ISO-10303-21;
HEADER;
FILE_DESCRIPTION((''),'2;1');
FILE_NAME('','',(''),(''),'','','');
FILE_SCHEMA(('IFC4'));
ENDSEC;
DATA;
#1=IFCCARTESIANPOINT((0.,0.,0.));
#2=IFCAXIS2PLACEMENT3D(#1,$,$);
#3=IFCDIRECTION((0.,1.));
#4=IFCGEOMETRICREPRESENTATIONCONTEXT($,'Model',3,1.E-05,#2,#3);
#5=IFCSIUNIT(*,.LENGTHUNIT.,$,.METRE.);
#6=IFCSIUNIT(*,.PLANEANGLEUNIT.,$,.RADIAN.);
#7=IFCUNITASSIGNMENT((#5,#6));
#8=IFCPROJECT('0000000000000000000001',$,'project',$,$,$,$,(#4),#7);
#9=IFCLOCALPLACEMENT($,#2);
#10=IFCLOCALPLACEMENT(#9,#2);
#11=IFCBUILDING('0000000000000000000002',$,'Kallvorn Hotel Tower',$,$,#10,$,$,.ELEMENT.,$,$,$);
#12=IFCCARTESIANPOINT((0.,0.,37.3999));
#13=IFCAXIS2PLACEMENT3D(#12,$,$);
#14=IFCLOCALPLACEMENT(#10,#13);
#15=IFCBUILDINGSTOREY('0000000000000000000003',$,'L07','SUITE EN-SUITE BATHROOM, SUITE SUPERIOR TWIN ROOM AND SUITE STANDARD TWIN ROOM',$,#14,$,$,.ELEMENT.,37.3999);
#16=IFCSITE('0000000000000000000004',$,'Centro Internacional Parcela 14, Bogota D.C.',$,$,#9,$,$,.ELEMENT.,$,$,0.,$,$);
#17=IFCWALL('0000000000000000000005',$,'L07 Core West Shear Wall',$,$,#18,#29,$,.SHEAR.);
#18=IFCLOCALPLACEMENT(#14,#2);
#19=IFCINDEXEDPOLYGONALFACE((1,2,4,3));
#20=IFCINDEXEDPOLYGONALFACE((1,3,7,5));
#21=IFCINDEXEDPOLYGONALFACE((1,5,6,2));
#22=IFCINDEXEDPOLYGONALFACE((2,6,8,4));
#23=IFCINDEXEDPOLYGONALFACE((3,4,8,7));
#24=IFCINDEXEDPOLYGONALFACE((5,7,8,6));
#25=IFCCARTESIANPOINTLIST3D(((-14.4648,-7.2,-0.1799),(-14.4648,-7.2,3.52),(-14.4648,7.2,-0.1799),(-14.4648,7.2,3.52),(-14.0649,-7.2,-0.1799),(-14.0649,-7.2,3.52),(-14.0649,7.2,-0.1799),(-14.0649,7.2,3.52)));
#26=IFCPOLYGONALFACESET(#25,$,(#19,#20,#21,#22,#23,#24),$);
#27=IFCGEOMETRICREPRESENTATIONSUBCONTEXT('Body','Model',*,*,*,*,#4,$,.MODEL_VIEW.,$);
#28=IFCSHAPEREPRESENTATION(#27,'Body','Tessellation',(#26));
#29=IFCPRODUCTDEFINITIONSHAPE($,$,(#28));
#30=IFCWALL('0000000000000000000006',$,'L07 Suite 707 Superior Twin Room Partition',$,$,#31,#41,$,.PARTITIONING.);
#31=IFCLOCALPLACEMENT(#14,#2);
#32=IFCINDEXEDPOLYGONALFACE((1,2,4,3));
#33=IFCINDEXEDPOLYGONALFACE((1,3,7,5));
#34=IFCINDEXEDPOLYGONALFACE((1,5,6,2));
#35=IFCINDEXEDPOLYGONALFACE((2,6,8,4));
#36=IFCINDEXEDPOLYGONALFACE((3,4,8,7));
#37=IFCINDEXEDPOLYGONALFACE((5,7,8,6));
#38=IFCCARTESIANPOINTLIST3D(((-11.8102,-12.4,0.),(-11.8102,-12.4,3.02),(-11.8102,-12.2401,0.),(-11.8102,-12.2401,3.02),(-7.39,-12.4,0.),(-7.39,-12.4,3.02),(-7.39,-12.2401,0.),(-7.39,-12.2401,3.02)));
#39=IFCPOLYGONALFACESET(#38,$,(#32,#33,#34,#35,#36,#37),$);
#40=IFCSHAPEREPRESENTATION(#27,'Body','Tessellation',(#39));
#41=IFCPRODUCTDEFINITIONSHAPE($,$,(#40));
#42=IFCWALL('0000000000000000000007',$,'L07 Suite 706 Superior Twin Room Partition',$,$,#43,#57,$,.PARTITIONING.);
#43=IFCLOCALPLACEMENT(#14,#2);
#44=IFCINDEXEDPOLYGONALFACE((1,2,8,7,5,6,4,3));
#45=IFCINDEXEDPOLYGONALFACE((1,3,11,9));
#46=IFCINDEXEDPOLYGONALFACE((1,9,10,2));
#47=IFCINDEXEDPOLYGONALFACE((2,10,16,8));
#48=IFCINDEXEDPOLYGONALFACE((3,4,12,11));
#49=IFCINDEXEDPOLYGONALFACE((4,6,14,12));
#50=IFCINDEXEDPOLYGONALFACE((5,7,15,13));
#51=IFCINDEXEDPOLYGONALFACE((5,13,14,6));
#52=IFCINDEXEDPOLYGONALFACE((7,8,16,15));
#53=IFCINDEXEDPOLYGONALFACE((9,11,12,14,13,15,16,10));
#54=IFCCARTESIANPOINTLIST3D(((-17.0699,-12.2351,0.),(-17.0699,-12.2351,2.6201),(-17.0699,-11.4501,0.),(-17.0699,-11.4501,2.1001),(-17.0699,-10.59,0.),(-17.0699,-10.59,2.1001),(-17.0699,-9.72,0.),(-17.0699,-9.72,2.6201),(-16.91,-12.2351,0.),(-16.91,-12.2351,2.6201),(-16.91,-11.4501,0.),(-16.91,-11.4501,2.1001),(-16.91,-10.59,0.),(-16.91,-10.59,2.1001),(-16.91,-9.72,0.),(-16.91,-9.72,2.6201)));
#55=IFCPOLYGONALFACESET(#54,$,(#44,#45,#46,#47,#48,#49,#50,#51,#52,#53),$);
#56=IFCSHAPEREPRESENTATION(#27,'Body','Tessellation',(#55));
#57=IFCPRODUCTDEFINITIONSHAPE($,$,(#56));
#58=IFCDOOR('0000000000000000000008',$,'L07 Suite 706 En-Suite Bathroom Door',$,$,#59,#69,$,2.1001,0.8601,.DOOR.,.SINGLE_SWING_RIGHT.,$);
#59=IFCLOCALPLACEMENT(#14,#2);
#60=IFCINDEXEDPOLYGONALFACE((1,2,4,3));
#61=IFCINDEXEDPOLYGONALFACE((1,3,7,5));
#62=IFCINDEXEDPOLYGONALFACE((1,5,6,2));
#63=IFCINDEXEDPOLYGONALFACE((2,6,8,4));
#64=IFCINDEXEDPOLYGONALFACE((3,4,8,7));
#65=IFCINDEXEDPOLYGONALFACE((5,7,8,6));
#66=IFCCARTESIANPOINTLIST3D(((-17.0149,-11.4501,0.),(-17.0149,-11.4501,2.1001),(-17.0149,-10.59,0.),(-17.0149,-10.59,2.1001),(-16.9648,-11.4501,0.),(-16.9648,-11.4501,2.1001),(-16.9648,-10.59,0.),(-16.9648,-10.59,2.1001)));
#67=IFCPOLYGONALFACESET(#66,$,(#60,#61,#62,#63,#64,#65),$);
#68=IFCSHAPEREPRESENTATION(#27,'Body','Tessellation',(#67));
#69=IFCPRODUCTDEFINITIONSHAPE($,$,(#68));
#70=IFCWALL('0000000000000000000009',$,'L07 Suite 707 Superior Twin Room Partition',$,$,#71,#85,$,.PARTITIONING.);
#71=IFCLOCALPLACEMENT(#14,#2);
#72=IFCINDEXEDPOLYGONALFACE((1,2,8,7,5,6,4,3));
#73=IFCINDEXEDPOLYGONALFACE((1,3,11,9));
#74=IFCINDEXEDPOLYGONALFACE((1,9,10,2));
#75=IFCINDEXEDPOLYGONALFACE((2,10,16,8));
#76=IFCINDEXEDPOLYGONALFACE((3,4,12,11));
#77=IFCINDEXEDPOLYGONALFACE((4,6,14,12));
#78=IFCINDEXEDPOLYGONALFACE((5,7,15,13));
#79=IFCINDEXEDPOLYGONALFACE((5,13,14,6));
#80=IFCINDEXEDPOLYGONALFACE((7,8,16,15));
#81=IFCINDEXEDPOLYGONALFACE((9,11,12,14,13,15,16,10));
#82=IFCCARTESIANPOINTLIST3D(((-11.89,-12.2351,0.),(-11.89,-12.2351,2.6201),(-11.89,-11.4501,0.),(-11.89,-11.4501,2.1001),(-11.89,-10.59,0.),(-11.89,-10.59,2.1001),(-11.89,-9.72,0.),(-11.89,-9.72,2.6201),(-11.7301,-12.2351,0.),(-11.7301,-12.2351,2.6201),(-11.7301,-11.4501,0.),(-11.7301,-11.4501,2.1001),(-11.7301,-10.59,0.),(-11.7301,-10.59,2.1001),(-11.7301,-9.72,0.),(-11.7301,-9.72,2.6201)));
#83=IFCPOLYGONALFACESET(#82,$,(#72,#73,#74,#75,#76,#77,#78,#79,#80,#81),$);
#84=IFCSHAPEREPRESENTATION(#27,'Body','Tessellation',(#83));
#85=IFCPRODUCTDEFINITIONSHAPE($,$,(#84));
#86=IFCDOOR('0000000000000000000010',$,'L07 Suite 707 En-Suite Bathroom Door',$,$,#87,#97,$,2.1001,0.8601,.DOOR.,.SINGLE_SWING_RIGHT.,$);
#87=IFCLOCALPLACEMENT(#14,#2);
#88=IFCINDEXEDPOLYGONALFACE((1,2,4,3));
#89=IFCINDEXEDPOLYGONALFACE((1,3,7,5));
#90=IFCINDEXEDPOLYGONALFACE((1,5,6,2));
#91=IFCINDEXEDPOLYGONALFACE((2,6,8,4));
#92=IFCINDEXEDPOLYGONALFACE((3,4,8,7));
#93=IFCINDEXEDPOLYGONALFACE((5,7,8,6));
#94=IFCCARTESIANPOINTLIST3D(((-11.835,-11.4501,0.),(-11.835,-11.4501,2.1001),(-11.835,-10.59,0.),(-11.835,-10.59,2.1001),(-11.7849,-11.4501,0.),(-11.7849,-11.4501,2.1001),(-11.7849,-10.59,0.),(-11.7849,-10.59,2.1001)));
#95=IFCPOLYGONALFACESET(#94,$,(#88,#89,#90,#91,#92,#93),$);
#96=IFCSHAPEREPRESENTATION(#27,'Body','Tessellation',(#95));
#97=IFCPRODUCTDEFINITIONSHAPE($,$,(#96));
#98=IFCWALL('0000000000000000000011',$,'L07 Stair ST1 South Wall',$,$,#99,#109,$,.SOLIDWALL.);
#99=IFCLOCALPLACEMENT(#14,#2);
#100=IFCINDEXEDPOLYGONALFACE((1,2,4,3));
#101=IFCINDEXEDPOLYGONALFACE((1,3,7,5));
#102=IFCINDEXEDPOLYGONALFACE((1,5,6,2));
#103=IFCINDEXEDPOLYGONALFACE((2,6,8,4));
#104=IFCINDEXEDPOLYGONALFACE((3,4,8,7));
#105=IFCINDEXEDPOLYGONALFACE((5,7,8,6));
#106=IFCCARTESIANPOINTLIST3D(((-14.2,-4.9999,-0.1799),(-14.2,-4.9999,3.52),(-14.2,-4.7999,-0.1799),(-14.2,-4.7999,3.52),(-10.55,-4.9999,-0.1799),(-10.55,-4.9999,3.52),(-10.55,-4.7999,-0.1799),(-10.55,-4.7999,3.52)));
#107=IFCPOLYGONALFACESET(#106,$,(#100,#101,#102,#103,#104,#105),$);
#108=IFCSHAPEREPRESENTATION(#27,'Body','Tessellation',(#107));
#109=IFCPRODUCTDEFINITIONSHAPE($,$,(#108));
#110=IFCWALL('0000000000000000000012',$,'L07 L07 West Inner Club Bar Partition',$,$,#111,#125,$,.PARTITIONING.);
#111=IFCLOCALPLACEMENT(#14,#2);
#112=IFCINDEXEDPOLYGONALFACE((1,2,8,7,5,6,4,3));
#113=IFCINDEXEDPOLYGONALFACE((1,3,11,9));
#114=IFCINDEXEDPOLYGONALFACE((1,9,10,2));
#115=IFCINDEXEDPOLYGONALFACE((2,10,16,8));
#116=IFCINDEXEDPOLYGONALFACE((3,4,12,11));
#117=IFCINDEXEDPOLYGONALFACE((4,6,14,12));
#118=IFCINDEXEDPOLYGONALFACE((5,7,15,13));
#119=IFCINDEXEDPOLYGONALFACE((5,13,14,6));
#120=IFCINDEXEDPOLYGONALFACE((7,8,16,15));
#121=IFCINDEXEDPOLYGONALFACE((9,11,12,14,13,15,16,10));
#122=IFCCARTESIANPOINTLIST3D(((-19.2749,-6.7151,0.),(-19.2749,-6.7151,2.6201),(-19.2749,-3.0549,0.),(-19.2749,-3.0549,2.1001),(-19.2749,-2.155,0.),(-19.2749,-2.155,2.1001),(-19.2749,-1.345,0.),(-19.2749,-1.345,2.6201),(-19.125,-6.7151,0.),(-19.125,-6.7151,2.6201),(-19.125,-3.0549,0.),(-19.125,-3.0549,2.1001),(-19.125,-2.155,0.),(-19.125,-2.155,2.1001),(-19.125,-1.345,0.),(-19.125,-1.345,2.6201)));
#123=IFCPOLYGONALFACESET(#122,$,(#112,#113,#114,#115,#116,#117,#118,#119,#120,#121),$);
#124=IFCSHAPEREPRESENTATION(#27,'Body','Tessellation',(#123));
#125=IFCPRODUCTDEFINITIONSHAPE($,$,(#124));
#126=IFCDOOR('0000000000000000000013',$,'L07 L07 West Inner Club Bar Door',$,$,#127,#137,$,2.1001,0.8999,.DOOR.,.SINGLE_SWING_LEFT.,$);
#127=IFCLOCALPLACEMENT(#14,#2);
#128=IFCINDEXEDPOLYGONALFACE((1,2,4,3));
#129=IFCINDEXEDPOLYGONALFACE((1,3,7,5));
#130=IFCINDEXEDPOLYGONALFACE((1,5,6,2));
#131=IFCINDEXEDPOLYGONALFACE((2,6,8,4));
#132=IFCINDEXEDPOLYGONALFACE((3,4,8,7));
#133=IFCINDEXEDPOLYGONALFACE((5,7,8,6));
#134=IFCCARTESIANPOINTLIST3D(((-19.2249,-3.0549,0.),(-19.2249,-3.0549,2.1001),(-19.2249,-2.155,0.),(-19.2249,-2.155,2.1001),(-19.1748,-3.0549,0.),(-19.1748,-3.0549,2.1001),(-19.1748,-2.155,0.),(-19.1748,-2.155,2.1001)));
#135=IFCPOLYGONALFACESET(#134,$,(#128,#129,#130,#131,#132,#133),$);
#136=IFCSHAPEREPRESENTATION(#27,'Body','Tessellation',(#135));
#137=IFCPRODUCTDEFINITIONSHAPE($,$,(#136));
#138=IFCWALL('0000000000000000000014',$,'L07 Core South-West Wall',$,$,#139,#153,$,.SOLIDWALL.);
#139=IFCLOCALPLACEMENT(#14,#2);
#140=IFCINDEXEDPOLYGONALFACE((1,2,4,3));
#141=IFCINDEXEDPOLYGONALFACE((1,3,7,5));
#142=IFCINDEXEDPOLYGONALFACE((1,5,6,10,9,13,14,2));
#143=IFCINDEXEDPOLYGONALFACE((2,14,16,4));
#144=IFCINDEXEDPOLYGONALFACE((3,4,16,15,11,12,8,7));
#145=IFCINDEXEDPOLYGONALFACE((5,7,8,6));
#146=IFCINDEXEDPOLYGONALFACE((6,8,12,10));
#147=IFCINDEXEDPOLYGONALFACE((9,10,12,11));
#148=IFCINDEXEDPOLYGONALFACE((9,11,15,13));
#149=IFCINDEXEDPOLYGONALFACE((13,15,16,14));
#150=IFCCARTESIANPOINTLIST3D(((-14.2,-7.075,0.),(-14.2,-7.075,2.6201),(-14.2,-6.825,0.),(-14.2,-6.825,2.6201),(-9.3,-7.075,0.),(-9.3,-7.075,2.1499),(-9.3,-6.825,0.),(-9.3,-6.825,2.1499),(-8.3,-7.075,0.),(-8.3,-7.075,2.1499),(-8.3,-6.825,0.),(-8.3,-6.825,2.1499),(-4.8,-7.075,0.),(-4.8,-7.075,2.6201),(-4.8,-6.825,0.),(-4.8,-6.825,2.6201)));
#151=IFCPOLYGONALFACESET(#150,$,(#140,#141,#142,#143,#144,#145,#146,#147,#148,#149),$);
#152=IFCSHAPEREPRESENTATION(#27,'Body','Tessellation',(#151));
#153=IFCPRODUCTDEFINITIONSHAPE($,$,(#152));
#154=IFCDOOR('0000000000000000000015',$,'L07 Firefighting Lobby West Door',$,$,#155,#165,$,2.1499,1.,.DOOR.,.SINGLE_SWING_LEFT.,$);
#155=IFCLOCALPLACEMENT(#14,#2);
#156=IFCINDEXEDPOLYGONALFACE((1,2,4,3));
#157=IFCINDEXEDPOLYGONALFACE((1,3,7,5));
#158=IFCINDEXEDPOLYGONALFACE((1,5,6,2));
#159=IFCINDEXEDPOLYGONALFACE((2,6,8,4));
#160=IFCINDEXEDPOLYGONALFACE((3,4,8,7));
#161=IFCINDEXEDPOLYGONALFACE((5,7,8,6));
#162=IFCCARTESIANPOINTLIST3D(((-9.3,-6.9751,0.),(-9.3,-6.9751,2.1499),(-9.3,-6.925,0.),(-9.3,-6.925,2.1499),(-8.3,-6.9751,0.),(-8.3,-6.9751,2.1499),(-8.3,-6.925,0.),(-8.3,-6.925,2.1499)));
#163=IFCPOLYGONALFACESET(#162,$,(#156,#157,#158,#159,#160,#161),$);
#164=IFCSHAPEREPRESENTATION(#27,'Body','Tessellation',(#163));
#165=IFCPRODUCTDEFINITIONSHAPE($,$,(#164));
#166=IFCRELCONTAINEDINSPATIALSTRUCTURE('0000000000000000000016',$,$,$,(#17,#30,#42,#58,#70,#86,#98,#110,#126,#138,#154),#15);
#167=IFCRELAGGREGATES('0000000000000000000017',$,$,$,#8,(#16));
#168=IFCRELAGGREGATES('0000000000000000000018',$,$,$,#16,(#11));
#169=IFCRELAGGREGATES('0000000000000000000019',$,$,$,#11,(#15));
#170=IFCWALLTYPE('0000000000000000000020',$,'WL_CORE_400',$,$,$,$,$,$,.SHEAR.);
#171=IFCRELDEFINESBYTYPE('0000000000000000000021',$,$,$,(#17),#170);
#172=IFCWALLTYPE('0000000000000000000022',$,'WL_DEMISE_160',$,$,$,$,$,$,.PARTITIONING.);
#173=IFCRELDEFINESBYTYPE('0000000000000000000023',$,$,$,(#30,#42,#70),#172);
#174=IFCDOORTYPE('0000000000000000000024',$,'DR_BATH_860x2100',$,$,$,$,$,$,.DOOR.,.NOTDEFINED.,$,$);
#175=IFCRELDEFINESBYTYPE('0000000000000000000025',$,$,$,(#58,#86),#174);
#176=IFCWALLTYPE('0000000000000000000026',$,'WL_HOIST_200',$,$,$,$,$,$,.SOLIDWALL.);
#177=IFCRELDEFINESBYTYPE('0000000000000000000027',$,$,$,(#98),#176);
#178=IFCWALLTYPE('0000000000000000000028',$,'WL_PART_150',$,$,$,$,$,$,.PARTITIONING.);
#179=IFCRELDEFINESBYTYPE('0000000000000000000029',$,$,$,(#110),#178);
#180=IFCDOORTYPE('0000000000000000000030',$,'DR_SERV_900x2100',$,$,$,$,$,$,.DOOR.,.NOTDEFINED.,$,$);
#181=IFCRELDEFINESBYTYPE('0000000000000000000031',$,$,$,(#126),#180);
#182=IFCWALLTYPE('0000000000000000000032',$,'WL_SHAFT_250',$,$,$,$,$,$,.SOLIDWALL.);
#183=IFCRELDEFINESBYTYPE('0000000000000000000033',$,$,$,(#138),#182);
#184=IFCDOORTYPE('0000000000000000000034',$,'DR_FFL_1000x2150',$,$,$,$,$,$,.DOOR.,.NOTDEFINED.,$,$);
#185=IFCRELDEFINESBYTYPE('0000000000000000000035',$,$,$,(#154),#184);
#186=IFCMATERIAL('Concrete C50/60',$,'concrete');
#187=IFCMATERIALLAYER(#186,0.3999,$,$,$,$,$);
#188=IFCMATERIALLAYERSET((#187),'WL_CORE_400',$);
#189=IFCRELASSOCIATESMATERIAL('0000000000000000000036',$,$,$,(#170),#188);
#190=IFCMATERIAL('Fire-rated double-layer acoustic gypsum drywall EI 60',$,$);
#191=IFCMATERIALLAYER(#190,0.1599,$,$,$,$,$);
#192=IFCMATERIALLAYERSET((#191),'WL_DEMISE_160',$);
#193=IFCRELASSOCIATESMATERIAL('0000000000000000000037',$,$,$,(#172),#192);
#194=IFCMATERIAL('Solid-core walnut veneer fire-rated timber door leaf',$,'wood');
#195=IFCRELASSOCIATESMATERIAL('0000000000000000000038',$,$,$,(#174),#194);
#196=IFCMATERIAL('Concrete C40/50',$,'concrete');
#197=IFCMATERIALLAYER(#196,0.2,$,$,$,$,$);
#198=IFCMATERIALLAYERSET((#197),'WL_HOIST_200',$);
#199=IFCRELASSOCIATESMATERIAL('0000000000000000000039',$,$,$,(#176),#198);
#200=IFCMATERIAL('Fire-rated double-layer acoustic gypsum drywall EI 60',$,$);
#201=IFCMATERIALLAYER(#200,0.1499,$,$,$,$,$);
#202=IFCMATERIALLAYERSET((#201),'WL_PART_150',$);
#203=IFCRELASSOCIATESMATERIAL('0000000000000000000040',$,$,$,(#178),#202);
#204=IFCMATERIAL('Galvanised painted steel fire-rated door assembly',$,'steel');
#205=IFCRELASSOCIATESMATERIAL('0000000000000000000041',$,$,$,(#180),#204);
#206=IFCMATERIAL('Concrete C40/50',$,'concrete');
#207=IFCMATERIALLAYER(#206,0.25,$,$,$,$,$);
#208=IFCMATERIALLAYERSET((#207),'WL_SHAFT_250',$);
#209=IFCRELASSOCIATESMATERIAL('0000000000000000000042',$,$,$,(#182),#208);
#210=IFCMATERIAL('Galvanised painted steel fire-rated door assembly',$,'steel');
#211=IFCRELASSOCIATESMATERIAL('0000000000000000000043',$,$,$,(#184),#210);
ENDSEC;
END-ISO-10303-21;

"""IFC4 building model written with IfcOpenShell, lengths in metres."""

from ifc_helpers import new_model, si_unit, direction, frame, frame_2d, origin, place, context, subcontext, project, spatial, rectangle, extrude, material, layer, layer_set, type_object, element, fill, save


model = new_model("IFC4")

# Units and contexts
model_context = context("Model", 3, precision=1e-05, world=origin(), true_north=direction((0.0, 1.0)))
body_context = subcontext(model_context, "Body", "Model", "MODEL_VIEW")
ifc_project = project(units=[si_unit("LENGTHUNIT", "METRE"), si_unit("PLANEANGLEUNIT", "RADIAN")], contexts=[model_context])

# Site, building, storey
site_placement = place(None, origin())
site = spatial("IfcSite", under=ifc_project, at=site_placement, Name="Centro Internacional Parcela 14, Bogota D.C.", CompositionType="ELEMENT", RefElevation=0.0)
building_placement = place(site_placement, origin())
building = spatial("IfcBuilding", under=site, at=building_placement, Name="Kallvorn Hotel Tower", CompositionType="ELEMENT")
storey_placement = place(building_placement, frame((0.0, 0.0, 37.3999)))
storey = spatial("IfcBuildingStorey", under=building, at=storey_placement, Name="L07", Description="SUITE EN-SUITE BATHROOM, SUITE SUPERIOR TWIN ROOM AND SUITE STANDARD TWIN ROOM", CompositionType="ELEMENT", Elevation=37.3999)

# Walls
ifc_material_1 = material(Name="Concrete C50/60", Category="concrete")
ifc_layer_1 = layer(ifc_material_1, 0.3999)
ifc_layer_set_1 = layer_set([ifc_layer_1], Name="WL_CORE_400")
wall_type_1 = type_object("IfcWallType", Name="WL_CORE_400", PredefinedType="SHEAR", material=ifc_layer_set_1)
wall_1_placement = place(storey_placement, frame((-14.2649, -7.2, -0.1799), z_axis=(0.0, 0.0, 1.0), x_axis=(0.0, 1.0, 0.0)))
element("IfcWall", 1, at=wall_1_placement, inside=storey, type_object=wall_type_1, Name="L07 Core West Shear Wall", PredefinedType="SHEAR", context=body_context, shape_type="SweptSolid", body=[
    extrude(rectangle(XDim=14.3999, YDim=0.3999, at=frame_2d((7.2, 0.0))), origin(), (0.0, 0.0, 1.0), 3.7),
])
ifc_material_2 = material(Name="Fire-rated double-layer acoustic gypsum drywall EI 60")
ifc_layer_2 = layer(ifc_material_2, 0.1599)
ifc_layer_set_2 = layer_set([ifc_layer_2], Name="WL_DEMISE_160")
wall_type_2 = type_object("IfcWallType", Name="WL_DEMISE_160", PredefinedType="PARTITIONING", material=ifc_layer_set_2)
wall_2_placement = place(storey_placement, frame((-11.8101, -12.3201, 0.0), z_axis=(0.0, 0.0, 1.0), x_axis=(1.0, 0.0, 0.0)))
element("IfcWall", 2, at=wall_2_placement, inside=storey, type_object=wall_type_2, Name="L07 Suite 707 Superior Twin Room Partition", PredefinedType="PARTITIONING", context=body_context, shape_type="SweptSolid", body=[
    extrude(rectangle(XDim=4.4202, YDim=0.1599, at=frame_2d((2.21, 0.0))), origin(), (0.0, 0.0, 1.0), 3.02),
])

# Walls, openings, doors
wall_3_placement = place(storey_placement, frame((-16.99, -12.2351, 0.0), z_axis=(0.0, 0.0, 1.0), x_axis=(0.0, 1.0, 0.0)))
wall_3 = element("IfcWall", 3, at=wall_3_placement, inside=storey, type_object=wall_type_2, Name="L07 Suite 706 Superior Twin Room Partition", PredefinedType="PARTITIONING", context=body_context, shape_type="SweptSolid", body=[
    extrude(rectangle(XDim=2.5151, YDim=0.1599, at=frame_2d((1.2576, 0.0))), origin(), (0.0, 0.0, 1.0), 2.6201),
])
opening_1_placement = place(wall_3_placement, frame((0.7849, 0.0, 0.0)))
opening_1 = element("IfcOpeningElement", 4, at=opening_1_placement, cuts=wall_3, PredefinedType="OPENING", context=body_context, shape_type="SweptSolid", body=[
    extrude(rectangle(XDim=0.8601, YDim=2.1001, at=frame_2d((0.4302, 1.05))), frame((0.0, 0.095, 0.0), z_axis=(0.0, -1.0, 0.0), x_axis=(1.0, 0.0, 0.0)), (0.0, 0.0, 1.0), 0.1899),
])
ifc_material_3 = material(Name="Solid-core walnut veneer fire-rated timber door leaf", Category="wood")
door_type_1 = type_object("IfcDoorType", Name="DR_BATH_860x2100", OperationType="NOTDEFINED", PredefinedType="DOOR", material=ifc_material_3)
door_1_placement = place(opening_1_placement, origin())
door_1 = element("IfcDoor", 5, at=door_1_placement, inside=storey, type_object=door_type_1, Name="L07 Suite 706 En-Suite Bathroom Door", OperationType="SINGLE_SWING_RIGHT", OverallHeight=2.1001, OverallWidth=0.8601, PredefinedType="DOOR", context=body_context, shape_type="SweptSolid", body=[
    extrude(rectangle(XDim=0.8601, YDim=2.1001, at=frame_2d((0.4302, 1.05))), frame((0.0, 0.0249, 0.0), z_axis=(0.0, -1.0, 0.0), x_axis=(1.0, 0.0, 0.0)), (0.0, 0.0, 1.0), 0.05),
])
fill(opening_1, door_1)
wall_4_placement = place(storey_placement, frame((-11.8101, -12.2351, 0.0), z_axis=(0.0, 0.0, 1.0), x_axis=(0.0, 1.0, 0.0)))
wall_4 = element("IfcWall", 6, at=wall_4_placement, inside=storey, type_object=wall_type_2, Name="L07 Suite 707 Superior Twin Room Partition", PredefinedType="PARTITIONING", context=body_context, shape_type="SweptSolid", body=[
    extrude(rectangle(XDim=2.5151, YDim=0.1599, at=frame_2d((1.2576, 0.0))), origin(), (0.0, 0.0, 1.0), 2.6201),
])
opening_2_placement = place(wall_4_placement, frame((0.7849, 0.0, 0.0)))
opening_2 = element("IfcOpeningElement", 7, at=opening_2_placement, cuts=wall_4, PredefinedType="OPENING", context=body_context, shape_type="SweptSolid", body=[
    extrude(rectangle(XDim=0.8601, YDim=2.1001, at=frame_2d((0.4302, 1.05))), frame((0.0, 0.095, 0.0), z_axis=(0.0, -1.0, 0.0), x_axis=(1.0, 0.0, 0.0)), (0.0, 0.0, 1.0), 0.1899),
])
door_2_placement = place(opening_2_placement, origin())
door_2 = element("IfcDoor", 8, at=door_2_placement, inside=storey, type_object=door_type_1, Name="L07 Suite 707 En-Suite Bathroom Door", OperationType="SINGLE_SWING_RIGHT", OverallHeight=2.1001, OverallWidth=0.8601, PredefinedType="DOOR", context=body_context, shape_type="SweptSolid", body=[
    extrude(rectangle(XDim=0.8601, YDim=2.1001, at=frame_2d((0.4302, 1.05))), frame((0.0, 0.0249, 0.0), z_axis=(0.0, -1.0, 0.0), x_axis=(1.0, 0.0, 0.0)), (0.0, 0.0, 1.0), 0.05),
])
fill(opening_2, door_2)

# Wall
ifc_material_4 = material(Name="Concrete C40/50", Category="concrete")
ifc_layer_3 = layer(ifc_material_4, 0.2)
ifc_layer_set_3 = layer_set([ifc_layer_3], Name="WL_HOIST_200")
wall_type_3 = type_object("IfcWallType", Name="WL_HOIST_200", PredefinedType="SOLIDWALL", material=ifc_layer_set_3)
wall_5_placement = place(storey_placement, frame((-14.2, -4.8999, -0.1799), z_axis=(0.0, 0.0, 1.0), x_axis=(1.0, 0.0, 0.0)))
element("IfcWall", 9, at=wall_5_placement, inside=storey, type_object=wall_type_3, Name="L07 Stair ST1 South Wall", PredefinedType="SOLIDWALL", context=body_context, shape_type="SweptSolid", body=[
    extrude(rectangle(XDim=3.6499, YDim=0.2, at=frame_2d((1.825, 0.0))), origin(), (0.0, 0.0, 1.0), 3.7),
])

# Walls, openings, doors
ifc_material_5 = material(Name="Fire-rated double-layer acoustic gypsum drywall EI 60")
ifc_layer_4 = layer(ifc_material_5, 0.1499)
ifc_layer_set_4 = layer_set([ifc_layer_4], Name="WL_PART_150")
wall_type_4 = type_object("IfcWallType", Name="WL_PART_150", PredefinedType="PARTITIONING", material=ifc_layer_set_4)
wall_6_placement = place(storey_placement, frame((-19.2, -6.7151, 0.0), z_axis=(0.0, 0.0, 1.0), x_axis=(0.0, 1.0, 0.0)))
wall_6 = element("IfcWall", 10, at=wall_6_placement, inside=storey, type_object=wall_type_4, Name="L07 L07 West Inner Club Bar Partition", PredefinedType="PARTITIONING", context=body_context, shape_type="SweptSolid", body=[
    extrude(rectangle(XDim=5.3701, YDim=0.1499, at=frame_2d((2.6851, 0.0))), origin(), (0.0, 0.0, 1.0), 2.6201),
])
opening_3_placement = place(wall_6_placement, frame((3.6602, 0.0, 0.0)))
opening_3 = element("IfcOpeningElement", 11, at=opening_3_placement, cuts=wall_6, PredefinedType="OPENING", context=body_context, shape_type="SweptSolid", body=[
    extrude(rectangle(XDim=0.8999, YDim=2.1001, at=frame_2d((0.45, 1.05))), frame((0.0, 0.0898, 0.0), z_axis=(0.0, -1.0, 0.0), x_axis=(1.0, 0.0, 0.0)), (0.0, 0.0, 1.0), 0.1799),
])
ifc_material_6 = material(Name="Galvanised painted steel fire-rated door assembly", Category="steel")
door_type_2 = type_object("IfcDoorType", Name="DR_SERV_900x2100", OperationType="NOTDEFINED", PredefinedType="DOOR", material=ifc_material_6)
door_3_placement = place(opening_3_placement, origin())
door_3 = element("IfcDoor", 12, at=door_3_placement, inside=storey, type_object=door_type_2, Name="L07 L07 West Inner Club Bar Door", OperationType="SINGLE_SWING_LEFT", OverallHeight=2.1001, OverallWidth=0.8999, PredefinedType="DOOR", context=body_context, shape_type="SweptSolid", body=[
    extrude(rectangle(XDim=0.8999, YDim=2.1001, at=frame_2d((0.45, 1.05))), frame((0.0, 0.0249, 0.0), z_axis=(0.0, -1.0, 0.0), x_axis=(1.0, 0.0, 0.0)), (0.0, 0.0, 1.0), 0.05),
])
fill(opening_3, door_3)
ifc_material_7 = material(Name="Concrete C40/50", Category="concrete")
ifc_layer_5 = layer(ifc_material_7, 0.25)
ifc_layer_set_5 = layer_set([ifc_layer_5], Name="WL_SHAFT_250")
wall_type_5 = type_object("IfcWallType", Name="WL_SHAFT_250", PredefinedType="SOLIDWALL", material=ifc_layer_set_5)
wall_7_placement = place(storey_placement, frame((-14.2, -6.95, 0.0), z_axis=(0.0, 0.0, 1.0), x_axis=(1.0, 0.0, 0.0)))
wall_7 = element("IfcWall", 13, at=wall_7_placement, inside=storey, type_object=wall_type_5, Name="L07 Core South-West Wall", PredefinedType="SOLIDWALL", context=body_context, shape_type="SweptSolid", body=[
    extrude(rectangle(XDim=9.3999, YDim=0.25, at=frame_2d((4.7, 0.0))), origin(), (0.0, 0.0, 1.0), 2.6201),
])
opening_4_placement = place(wall_7_placement, frame((4.8999, 0.0, 0.0)))
opening_4 = element("IfcOpeningElement", 14, at=opening_4_placement, cuts=wall_7, PredefinedType="OPENING", context=body_context, shape_type="SweptSolid", body=[
    extrude(rectangle(XDim=1.0, YDim=2.1499, at=frame_2d((0.5, 1.075))), frame((0.0, 0.1399, 0.0), z_axis=(0.0, -1.0, 0.0), x_axis=(1.0, 0.0, 0.0)), (0.0, 0.0, 1.0), 0.28),
])
ifc_material_8 = material(Name="Galvanised painted steel fire-rated door assembly", Category="steel")
door_type_3 = type_object("IfcDoorType", Name="DR_FFL_1000x2150", OperationType="NOTDEFINED", PredefinedType="DOOR", material=ifc_material_8)
door_4_placement = place(opening_4_placement, origin())
door_4 = element("IfcDoor", 15, at=door_4_placement, inside=storey, type_object=door_type_3, Name="L07 Firefighting Lobby West Door", OperationType="SINGLE_SWING_LEFT", OverallHeight=2.1499, OverallWidth=1.0, PredefinedType="DOOR", context=body_context, shape_type="SweptSolid", body=[
    extrude(rectangle(XDim=1.0, YDim=2.1499, at=frame_2d((0.5, 1.075))), frame((0.0, 0.0249, 0.0), z_axis=(0.0, -1.0, 0.0), x_axis=(1.0, 0.0, 0.0)), (0.0, 0.0, 1.0), 0.05),
])
fill(opening_4, door_4)

save(model, "model.ifc")
